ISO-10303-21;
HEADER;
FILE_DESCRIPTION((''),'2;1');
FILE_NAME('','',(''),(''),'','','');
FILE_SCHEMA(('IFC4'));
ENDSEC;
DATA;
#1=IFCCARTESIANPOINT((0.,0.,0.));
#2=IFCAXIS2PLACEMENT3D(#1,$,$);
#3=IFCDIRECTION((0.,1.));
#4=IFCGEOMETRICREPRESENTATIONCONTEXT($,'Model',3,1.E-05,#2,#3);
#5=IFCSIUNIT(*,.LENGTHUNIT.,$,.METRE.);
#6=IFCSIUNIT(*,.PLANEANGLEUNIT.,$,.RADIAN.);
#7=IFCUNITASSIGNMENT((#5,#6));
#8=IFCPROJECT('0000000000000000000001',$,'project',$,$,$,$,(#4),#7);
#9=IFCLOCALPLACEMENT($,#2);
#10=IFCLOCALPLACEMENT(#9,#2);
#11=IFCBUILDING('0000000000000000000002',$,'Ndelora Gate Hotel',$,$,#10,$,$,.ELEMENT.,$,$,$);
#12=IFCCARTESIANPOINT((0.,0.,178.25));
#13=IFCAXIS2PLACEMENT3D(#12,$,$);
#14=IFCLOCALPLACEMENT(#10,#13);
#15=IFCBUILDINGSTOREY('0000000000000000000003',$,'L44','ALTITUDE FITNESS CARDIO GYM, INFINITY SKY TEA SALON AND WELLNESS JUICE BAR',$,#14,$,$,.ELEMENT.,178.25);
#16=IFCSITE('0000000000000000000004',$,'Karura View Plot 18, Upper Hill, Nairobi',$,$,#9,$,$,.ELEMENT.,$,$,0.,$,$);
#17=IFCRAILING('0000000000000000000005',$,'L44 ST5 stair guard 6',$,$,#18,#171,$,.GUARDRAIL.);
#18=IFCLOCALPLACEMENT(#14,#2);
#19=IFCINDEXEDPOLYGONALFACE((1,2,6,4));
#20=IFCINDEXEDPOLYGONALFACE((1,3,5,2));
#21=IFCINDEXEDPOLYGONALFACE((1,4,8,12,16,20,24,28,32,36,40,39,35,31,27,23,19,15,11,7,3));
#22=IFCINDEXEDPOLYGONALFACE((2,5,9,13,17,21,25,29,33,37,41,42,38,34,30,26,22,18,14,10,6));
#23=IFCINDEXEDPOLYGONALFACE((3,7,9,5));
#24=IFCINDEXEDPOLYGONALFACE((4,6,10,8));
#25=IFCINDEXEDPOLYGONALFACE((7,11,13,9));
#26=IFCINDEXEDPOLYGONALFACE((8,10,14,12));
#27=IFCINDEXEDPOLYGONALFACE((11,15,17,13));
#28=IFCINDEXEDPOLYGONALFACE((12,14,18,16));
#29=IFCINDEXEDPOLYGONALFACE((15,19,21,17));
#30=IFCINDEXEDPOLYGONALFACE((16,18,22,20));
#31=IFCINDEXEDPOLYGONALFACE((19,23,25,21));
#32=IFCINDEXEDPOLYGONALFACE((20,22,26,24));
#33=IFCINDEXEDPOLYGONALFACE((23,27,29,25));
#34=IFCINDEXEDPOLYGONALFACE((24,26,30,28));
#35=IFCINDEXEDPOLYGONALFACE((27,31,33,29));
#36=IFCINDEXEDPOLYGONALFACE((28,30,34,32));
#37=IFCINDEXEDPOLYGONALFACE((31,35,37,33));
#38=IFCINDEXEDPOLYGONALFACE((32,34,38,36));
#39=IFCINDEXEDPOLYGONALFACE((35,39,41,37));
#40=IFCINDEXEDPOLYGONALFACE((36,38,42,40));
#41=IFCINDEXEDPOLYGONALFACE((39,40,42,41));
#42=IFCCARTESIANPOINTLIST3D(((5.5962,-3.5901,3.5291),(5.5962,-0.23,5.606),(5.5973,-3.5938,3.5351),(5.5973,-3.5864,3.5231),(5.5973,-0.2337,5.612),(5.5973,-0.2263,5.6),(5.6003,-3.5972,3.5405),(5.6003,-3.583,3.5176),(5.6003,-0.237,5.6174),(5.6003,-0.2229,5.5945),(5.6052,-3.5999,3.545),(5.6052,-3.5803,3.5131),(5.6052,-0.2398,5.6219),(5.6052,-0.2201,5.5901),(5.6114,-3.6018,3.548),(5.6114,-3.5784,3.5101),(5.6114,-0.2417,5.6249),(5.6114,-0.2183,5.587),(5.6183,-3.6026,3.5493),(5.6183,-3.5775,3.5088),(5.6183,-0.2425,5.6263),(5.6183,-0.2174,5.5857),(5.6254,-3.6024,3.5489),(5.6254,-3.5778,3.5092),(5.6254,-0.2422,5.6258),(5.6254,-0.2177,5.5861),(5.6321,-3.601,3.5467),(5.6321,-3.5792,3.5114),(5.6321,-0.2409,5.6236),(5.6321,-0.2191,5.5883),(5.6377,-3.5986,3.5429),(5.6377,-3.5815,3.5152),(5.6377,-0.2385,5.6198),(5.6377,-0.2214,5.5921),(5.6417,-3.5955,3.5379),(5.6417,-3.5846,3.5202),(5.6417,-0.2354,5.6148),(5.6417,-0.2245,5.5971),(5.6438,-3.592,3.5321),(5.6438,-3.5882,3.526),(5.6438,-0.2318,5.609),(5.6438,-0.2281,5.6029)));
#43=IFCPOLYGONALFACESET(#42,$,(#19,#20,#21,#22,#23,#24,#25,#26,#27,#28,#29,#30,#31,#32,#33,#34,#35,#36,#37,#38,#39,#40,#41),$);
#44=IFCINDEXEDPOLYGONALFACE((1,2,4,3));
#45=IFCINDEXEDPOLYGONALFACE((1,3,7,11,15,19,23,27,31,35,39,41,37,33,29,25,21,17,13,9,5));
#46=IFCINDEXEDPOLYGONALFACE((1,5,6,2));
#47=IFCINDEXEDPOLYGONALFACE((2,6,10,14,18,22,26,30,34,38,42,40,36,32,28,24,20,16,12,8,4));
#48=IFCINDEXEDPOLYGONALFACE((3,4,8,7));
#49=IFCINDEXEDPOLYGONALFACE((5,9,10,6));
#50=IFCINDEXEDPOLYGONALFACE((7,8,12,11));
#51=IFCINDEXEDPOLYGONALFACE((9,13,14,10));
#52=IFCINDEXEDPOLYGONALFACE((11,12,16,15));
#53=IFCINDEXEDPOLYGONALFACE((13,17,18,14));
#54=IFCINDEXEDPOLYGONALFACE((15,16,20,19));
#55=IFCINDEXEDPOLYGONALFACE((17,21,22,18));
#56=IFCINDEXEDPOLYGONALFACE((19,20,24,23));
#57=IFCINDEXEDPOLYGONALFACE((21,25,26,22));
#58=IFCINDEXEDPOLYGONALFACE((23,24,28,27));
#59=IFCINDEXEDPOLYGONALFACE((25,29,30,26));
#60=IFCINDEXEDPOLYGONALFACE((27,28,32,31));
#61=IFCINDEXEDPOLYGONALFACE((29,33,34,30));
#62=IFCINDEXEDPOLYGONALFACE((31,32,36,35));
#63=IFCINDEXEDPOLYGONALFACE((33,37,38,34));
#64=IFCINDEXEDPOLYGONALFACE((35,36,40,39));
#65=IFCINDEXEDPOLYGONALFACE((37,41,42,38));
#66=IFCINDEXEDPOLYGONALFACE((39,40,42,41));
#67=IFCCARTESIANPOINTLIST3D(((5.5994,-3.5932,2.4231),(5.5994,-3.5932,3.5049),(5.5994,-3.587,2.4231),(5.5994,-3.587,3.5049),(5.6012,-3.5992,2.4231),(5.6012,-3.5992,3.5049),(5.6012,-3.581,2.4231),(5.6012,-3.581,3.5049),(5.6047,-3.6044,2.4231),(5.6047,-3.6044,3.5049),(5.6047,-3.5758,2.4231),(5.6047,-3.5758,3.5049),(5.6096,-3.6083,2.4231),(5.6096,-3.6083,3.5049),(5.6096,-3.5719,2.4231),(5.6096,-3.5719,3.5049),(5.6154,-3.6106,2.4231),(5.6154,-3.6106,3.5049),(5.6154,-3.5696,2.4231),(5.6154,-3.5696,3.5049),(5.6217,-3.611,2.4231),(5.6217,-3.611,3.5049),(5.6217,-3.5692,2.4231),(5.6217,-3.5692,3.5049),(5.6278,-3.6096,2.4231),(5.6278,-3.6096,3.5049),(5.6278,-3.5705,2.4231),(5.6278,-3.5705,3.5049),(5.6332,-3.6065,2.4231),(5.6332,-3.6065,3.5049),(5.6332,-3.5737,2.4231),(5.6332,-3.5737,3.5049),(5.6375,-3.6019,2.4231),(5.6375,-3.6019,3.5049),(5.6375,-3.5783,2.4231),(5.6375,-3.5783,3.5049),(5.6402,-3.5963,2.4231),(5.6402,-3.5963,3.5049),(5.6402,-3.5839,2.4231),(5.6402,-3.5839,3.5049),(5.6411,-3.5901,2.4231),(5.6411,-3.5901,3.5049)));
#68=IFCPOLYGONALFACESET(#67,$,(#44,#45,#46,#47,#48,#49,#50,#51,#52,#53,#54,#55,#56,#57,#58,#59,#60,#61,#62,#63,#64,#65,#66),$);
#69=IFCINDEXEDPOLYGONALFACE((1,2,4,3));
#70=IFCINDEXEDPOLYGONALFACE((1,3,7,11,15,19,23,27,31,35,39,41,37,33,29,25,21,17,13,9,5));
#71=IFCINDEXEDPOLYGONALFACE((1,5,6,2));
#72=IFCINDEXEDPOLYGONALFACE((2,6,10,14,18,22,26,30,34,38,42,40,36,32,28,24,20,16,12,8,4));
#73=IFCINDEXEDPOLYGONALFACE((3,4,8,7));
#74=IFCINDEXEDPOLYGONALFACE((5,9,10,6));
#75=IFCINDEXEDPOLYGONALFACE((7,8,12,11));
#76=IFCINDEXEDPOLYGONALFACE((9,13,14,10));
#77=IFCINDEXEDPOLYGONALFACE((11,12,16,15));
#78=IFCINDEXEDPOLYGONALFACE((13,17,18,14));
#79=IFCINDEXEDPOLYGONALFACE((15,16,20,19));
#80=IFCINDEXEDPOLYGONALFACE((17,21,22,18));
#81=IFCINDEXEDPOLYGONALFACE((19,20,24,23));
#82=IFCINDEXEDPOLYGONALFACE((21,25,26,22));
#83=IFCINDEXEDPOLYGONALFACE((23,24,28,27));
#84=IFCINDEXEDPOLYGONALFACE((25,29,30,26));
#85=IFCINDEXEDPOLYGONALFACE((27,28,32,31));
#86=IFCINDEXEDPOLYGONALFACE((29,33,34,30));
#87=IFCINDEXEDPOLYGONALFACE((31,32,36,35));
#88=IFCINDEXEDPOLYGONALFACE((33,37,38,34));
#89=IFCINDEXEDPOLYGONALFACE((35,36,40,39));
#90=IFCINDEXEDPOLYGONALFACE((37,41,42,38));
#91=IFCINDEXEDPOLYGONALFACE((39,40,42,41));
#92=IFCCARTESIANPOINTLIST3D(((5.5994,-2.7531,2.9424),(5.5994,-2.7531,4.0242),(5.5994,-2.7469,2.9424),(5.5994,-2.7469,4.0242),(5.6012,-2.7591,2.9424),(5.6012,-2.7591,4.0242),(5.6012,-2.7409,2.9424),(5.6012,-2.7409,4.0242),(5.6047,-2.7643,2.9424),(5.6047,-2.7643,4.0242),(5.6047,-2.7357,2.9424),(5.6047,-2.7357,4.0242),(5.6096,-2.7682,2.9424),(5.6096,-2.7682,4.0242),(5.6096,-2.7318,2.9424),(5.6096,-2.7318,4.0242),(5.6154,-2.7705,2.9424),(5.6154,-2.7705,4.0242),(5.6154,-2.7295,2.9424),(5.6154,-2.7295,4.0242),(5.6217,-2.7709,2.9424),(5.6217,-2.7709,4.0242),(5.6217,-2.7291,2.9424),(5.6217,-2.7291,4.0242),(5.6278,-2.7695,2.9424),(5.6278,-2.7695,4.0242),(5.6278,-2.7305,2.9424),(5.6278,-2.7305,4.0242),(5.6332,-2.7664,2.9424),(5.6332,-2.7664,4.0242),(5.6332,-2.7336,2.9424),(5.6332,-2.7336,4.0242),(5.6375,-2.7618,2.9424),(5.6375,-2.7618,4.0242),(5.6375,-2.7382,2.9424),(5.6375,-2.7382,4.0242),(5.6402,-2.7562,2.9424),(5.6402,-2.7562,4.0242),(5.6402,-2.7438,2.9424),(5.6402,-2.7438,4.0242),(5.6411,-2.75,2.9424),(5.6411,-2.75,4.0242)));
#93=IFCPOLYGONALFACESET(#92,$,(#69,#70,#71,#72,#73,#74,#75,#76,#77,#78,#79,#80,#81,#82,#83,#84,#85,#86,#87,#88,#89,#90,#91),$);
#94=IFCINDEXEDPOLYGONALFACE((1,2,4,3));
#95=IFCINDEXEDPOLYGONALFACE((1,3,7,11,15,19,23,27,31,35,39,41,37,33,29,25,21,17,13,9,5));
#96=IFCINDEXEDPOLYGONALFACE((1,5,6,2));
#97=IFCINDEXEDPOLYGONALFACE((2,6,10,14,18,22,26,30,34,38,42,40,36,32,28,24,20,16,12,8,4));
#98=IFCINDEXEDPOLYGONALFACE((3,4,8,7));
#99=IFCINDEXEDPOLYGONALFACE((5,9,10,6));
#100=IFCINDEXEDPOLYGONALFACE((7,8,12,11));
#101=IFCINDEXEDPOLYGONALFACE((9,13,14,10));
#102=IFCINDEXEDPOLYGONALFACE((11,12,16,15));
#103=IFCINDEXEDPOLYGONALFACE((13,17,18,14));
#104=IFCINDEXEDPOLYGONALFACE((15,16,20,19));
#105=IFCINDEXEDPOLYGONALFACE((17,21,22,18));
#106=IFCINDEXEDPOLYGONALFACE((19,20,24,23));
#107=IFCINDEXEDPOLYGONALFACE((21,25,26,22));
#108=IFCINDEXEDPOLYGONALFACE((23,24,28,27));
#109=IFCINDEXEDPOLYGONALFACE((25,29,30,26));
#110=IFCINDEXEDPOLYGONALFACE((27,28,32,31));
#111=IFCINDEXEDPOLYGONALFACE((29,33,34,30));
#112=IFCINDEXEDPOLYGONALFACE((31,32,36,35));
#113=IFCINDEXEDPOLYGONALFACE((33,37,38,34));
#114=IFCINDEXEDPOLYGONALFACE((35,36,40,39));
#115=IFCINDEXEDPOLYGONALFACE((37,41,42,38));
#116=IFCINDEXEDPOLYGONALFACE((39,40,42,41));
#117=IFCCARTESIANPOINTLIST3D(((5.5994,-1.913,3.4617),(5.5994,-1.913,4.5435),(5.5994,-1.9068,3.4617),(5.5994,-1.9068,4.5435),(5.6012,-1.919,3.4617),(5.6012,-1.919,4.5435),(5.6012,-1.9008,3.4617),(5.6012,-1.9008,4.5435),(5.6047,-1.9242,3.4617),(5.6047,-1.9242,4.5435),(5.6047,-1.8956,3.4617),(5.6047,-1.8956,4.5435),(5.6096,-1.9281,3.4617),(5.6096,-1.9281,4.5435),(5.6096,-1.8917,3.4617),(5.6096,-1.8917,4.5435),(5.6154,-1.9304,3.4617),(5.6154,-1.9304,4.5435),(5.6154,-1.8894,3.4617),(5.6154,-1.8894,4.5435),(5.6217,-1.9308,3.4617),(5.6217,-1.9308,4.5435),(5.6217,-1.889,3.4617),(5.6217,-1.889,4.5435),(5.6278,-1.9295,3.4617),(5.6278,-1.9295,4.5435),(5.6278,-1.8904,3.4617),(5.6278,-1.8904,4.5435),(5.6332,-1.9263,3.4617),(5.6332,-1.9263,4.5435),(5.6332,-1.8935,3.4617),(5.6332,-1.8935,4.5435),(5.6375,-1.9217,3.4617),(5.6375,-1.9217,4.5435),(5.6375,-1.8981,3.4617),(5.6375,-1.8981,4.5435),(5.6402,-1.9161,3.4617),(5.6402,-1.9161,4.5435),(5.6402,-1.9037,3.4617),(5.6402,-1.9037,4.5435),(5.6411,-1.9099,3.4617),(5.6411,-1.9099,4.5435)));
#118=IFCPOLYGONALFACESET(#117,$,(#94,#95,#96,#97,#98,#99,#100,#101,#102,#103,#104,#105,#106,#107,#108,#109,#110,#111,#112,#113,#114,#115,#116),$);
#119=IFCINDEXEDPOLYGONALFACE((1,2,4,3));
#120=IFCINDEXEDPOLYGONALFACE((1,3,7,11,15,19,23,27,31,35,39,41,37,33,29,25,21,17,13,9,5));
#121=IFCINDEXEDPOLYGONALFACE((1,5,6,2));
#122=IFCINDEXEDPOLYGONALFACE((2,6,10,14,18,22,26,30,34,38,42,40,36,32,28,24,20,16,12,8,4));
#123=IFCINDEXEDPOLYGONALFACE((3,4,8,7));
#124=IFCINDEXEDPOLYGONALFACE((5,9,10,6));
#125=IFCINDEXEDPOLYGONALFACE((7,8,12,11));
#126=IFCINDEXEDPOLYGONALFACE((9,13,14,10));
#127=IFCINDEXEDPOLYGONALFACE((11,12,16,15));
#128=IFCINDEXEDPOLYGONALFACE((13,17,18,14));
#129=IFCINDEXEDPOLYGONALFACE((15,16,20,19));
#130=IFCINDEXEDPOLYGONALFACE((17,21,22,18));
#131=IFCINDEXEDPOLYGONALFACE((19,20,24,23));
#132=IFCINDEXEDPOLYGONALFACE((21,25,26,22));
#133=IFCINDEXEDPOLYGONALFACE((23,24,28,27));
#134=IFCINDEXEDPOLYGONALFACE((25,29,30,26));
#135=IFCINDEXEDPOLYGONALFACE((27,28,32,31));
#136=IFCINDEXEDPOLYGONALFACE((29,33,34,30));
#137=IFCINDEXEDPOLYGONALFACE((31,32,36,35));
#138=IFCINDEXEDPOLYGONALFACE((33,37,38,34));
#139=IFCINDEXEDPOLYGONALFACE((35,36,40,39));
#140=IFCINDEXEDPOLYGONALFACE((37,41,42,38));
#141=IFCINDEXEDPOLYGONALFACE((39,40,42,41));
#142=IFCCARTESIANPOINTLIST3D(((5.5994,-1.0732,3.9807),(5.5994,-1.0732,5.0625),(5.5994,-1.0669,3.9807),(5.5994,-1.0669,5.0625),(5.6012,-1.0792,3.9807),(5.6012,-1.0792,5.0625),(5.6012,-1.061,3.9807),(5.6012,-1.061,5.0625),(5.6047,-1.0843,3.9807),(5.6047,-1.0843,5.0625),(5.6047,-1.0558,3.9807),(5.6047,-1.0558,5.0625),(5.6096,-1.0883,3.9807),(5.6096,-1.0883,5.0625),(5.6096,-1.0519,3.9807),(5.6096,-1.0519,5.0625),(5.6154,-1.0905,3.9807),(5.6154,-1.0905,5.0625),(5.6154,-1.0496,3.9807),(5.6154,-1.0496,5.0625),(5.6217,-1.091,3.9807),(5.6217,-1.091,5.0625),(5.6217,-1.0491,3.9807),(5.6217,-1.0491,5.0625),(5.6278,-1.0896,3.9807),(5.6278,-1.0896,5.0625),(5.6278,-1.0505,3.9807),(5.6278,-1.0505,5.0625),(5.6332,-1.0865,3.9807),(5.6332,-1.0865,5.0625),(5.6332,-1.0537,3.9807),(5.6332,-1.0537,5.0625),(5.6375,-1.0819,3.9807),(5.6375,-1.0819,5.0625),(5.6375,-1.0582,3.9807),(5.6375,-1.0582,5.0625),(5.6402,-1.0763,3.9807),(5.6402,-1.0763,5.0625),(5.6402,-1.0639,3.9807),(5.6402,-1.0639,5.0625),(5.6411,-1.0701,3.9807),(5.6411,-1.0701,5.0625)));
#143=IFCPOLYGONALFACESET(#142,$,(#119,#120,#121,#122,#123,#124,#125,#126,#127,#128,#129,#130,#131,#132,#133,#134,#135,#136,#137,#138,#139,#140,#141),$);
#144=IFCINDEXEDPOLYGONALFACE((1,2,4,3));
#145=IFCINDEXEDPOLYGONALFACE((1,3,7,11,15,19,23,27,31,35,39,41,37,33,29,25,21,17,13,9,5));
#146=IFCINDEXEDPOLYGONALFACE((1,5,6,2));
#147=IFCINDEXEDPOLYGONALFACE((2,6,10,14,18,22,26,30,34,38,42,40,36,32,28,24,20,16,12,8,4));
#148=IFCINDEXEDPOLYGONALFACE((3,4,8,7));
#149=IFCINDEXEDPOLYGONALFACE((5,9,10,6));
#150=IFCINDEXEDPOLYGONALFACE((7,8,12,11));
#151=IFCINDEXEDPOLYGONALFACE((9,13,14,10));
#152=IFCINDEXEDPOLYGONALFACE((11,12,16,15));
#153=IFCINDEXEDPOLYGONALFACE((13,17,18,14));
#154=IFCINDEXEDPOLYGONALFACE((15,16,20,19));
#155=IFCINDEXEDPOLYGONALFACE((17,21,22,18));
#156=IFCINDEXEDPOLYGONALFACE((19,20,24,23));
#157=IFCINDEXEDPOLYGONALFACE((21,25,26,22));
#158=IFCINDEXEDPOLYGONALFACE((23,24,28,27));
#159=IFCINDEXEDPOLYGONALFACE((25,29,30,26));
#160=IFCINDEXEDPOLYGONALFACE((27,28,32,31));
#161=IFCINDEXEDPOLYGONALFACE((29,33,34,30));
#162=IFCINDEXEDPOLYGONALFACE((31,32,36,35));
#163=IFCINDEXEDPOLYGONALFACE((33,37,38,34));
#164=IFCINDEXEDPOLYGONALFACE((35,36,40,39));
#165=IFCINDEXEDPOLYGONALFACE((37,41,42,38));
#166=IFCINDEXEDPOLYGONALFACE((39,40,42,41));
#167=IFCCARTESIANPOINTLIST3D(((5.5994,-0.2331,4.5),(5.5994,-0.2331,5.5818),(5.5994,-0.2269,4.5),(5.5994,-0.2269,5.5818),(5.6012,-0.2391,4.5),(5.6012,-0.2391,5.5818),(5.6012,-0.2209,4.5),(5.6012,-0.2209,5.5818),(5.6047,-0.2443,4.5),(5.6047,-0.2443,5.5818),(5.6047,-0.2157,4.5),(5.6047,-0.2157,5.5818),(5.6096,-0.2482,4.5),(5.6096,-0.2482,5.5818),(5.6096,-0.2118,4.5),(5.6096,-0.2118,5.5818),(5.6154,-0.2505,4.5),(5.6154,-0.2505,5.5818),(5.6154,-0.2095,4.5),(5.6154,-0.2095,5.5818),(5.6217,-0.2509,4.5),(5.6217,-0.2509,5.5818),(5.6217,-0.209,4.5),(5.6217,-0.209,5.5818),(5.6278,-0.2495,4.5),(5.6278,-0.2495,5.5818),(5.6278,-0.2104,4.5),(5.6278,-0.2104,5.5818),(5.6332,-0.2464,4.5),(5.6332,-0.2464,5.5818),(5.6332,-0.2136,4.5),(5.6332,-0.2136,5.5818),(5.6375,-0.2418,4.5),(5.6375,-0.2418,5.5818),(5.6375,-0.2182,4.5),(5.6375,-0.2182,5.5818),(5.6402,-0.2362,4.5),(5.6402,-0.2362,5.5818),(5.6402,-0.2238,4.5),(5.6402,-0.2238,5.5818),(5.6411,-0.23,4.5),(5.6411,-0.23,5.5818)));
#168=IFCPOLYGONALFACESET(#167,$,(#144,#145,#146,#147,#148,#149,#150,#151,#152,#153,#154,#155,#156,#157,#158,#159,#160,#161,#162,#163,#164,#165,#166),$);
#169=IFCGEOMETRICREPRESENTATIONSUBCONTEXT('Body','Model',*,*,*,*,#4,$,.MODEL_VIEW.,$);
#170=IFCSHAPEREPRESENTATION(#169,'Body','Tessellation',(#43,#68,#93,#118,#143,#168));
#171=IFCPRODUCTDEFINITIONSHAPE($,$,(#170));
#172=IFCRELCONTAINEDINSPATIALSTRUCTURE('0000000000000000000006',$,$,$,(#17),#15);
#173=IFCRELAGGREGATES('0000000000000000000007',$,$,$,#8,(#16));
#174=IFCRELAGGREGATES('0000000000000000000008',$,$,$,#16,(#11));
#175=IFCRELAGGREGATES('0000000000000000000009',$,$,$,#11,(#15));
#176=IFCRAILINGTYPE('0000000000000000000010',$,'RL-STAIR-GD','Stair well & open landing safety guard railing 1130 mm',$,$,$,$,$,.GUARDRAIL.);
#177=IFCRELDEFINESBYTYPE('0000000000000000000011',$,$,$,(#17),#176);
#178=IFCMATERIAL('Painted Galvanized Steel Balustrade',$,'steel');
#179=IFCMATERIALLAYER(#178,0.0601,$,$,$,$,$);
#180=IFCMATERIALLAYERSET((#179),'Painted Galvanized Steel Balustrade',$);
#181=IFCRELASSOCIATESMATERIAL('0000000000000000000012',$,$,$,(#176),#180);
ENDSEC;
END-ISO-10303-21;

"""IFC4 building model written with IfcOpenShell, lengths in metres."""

from ifc_helpers import new_model, si_unit, direction, frame, origin, origin_2d, place, context, subcontext, project, spatial, circle, extrude, material, layer, layer_set, type_object, element, save


model = new_model("IFC4")

# Units and contexts
model_context = context("Model", 3, precision=1e-05, world=origin(), true_north=direction((0.0, 1.0)))
body_context = subcontext(model_context, "Body", "Model", "MODEL_VIEW")
ifc_project = project(units=[si_unit("LENGTHUNIT", "METRE"), si_unit("PLANEANGLEUNIT", "RADIAN")], contexts=[model_context])

# Site, building, storey
site_placement = place(None, origin())
site = spatial("IfcSite", under=ifc_project, at=site_placement, Name="Karura View Plot 18, Upper Hill, Nairobi", CompositionType="ELEMENT", RefElevation=0.0)
building_placement = place(site_placement, origin())
building = spatial("IfcBuilding", under=site, at=building_placement, Name="Ndelora Gate Hotel", CompositionType="ELEMENT")
storey_placement = place(building_placement, frame((0.0, 0.0, 178.25)))
storey = spatial("IfcBuildingStorey", under=building, at=storey_placement, Name="L44", Description="ALTITUDE FITNESS CARDIO GYM, INFINITY SKY TEA SALON AND WELLNESS JUICE BAR", CompositionType="ELEMENT", Elevation=178.25)

# Railing
ifc_material_1 = material(Name="Painted Galvanized Steel Balustrade", Category="steel")
ifc_layer_1 = layer(ifc_material_1, 0.0601)
ifc_layer_set_1 = layer_set([ifc_layer_1], Name="Painted Galvanized Steel Balustrade")
railing_type_1 = type_object("IfcRailingType", Name="RL-STAIR-GD", Description="Stair well & open landing safety guard railing 1130 mm", PredefinedType="GUARDRAIL", material=ifc_layer_set_1)
railing_1_placement = place(storey_placement, frame((5.6201, -3.5901, 2.4231)))
element("IfcRailing", 1, at=railing_1_placement, inside=storey, type_object=railing_type_1, Name="L44 ST5 stair guard 6", PredefinedType="GUARDRAIL", context=body_context, shape_type="SweptSolid", body=[
    extrude(circle(Radius=0.0239, at=origin_2d()), frame((0.0, 0.0, 1.106), z_axis=(0.0, 0.850623, 0.525776), x_axis=(-1.0, 0.0, 0.0)), (0.0, 0.0, 1.0), 3.9502),
    extrude(circle(Radius=0.021, at=origin_2d()), origin(), (0.0, 0.0, 1.0), 1.0818),
    extrude(circle(Radius=0.021, at=origin_2d()), frame((0.0, 0.8401, 0.5193)), (0.0, 0.0, 1.0), 1.0818),
    extrude(circle(Radius=0.021, at=origin_2d()), frame((0.0, 1.6802, 1.0386)), (0.0, 0.0, 1.0), 1.0818),
    extrude(circle(Radius=0.021, at=origin_2d()), frame((0.0, 2.52, 1.5576)), (0.0, 0.0, 1.0), 1.0818),
    extrude(circle(Radius=0.021, at=origin_2d()), frame((0.0, 3.3601, 2.0769)), (0.0, 0.0, 1.0), 1.0818),
])

save(model, "model.ifc")
